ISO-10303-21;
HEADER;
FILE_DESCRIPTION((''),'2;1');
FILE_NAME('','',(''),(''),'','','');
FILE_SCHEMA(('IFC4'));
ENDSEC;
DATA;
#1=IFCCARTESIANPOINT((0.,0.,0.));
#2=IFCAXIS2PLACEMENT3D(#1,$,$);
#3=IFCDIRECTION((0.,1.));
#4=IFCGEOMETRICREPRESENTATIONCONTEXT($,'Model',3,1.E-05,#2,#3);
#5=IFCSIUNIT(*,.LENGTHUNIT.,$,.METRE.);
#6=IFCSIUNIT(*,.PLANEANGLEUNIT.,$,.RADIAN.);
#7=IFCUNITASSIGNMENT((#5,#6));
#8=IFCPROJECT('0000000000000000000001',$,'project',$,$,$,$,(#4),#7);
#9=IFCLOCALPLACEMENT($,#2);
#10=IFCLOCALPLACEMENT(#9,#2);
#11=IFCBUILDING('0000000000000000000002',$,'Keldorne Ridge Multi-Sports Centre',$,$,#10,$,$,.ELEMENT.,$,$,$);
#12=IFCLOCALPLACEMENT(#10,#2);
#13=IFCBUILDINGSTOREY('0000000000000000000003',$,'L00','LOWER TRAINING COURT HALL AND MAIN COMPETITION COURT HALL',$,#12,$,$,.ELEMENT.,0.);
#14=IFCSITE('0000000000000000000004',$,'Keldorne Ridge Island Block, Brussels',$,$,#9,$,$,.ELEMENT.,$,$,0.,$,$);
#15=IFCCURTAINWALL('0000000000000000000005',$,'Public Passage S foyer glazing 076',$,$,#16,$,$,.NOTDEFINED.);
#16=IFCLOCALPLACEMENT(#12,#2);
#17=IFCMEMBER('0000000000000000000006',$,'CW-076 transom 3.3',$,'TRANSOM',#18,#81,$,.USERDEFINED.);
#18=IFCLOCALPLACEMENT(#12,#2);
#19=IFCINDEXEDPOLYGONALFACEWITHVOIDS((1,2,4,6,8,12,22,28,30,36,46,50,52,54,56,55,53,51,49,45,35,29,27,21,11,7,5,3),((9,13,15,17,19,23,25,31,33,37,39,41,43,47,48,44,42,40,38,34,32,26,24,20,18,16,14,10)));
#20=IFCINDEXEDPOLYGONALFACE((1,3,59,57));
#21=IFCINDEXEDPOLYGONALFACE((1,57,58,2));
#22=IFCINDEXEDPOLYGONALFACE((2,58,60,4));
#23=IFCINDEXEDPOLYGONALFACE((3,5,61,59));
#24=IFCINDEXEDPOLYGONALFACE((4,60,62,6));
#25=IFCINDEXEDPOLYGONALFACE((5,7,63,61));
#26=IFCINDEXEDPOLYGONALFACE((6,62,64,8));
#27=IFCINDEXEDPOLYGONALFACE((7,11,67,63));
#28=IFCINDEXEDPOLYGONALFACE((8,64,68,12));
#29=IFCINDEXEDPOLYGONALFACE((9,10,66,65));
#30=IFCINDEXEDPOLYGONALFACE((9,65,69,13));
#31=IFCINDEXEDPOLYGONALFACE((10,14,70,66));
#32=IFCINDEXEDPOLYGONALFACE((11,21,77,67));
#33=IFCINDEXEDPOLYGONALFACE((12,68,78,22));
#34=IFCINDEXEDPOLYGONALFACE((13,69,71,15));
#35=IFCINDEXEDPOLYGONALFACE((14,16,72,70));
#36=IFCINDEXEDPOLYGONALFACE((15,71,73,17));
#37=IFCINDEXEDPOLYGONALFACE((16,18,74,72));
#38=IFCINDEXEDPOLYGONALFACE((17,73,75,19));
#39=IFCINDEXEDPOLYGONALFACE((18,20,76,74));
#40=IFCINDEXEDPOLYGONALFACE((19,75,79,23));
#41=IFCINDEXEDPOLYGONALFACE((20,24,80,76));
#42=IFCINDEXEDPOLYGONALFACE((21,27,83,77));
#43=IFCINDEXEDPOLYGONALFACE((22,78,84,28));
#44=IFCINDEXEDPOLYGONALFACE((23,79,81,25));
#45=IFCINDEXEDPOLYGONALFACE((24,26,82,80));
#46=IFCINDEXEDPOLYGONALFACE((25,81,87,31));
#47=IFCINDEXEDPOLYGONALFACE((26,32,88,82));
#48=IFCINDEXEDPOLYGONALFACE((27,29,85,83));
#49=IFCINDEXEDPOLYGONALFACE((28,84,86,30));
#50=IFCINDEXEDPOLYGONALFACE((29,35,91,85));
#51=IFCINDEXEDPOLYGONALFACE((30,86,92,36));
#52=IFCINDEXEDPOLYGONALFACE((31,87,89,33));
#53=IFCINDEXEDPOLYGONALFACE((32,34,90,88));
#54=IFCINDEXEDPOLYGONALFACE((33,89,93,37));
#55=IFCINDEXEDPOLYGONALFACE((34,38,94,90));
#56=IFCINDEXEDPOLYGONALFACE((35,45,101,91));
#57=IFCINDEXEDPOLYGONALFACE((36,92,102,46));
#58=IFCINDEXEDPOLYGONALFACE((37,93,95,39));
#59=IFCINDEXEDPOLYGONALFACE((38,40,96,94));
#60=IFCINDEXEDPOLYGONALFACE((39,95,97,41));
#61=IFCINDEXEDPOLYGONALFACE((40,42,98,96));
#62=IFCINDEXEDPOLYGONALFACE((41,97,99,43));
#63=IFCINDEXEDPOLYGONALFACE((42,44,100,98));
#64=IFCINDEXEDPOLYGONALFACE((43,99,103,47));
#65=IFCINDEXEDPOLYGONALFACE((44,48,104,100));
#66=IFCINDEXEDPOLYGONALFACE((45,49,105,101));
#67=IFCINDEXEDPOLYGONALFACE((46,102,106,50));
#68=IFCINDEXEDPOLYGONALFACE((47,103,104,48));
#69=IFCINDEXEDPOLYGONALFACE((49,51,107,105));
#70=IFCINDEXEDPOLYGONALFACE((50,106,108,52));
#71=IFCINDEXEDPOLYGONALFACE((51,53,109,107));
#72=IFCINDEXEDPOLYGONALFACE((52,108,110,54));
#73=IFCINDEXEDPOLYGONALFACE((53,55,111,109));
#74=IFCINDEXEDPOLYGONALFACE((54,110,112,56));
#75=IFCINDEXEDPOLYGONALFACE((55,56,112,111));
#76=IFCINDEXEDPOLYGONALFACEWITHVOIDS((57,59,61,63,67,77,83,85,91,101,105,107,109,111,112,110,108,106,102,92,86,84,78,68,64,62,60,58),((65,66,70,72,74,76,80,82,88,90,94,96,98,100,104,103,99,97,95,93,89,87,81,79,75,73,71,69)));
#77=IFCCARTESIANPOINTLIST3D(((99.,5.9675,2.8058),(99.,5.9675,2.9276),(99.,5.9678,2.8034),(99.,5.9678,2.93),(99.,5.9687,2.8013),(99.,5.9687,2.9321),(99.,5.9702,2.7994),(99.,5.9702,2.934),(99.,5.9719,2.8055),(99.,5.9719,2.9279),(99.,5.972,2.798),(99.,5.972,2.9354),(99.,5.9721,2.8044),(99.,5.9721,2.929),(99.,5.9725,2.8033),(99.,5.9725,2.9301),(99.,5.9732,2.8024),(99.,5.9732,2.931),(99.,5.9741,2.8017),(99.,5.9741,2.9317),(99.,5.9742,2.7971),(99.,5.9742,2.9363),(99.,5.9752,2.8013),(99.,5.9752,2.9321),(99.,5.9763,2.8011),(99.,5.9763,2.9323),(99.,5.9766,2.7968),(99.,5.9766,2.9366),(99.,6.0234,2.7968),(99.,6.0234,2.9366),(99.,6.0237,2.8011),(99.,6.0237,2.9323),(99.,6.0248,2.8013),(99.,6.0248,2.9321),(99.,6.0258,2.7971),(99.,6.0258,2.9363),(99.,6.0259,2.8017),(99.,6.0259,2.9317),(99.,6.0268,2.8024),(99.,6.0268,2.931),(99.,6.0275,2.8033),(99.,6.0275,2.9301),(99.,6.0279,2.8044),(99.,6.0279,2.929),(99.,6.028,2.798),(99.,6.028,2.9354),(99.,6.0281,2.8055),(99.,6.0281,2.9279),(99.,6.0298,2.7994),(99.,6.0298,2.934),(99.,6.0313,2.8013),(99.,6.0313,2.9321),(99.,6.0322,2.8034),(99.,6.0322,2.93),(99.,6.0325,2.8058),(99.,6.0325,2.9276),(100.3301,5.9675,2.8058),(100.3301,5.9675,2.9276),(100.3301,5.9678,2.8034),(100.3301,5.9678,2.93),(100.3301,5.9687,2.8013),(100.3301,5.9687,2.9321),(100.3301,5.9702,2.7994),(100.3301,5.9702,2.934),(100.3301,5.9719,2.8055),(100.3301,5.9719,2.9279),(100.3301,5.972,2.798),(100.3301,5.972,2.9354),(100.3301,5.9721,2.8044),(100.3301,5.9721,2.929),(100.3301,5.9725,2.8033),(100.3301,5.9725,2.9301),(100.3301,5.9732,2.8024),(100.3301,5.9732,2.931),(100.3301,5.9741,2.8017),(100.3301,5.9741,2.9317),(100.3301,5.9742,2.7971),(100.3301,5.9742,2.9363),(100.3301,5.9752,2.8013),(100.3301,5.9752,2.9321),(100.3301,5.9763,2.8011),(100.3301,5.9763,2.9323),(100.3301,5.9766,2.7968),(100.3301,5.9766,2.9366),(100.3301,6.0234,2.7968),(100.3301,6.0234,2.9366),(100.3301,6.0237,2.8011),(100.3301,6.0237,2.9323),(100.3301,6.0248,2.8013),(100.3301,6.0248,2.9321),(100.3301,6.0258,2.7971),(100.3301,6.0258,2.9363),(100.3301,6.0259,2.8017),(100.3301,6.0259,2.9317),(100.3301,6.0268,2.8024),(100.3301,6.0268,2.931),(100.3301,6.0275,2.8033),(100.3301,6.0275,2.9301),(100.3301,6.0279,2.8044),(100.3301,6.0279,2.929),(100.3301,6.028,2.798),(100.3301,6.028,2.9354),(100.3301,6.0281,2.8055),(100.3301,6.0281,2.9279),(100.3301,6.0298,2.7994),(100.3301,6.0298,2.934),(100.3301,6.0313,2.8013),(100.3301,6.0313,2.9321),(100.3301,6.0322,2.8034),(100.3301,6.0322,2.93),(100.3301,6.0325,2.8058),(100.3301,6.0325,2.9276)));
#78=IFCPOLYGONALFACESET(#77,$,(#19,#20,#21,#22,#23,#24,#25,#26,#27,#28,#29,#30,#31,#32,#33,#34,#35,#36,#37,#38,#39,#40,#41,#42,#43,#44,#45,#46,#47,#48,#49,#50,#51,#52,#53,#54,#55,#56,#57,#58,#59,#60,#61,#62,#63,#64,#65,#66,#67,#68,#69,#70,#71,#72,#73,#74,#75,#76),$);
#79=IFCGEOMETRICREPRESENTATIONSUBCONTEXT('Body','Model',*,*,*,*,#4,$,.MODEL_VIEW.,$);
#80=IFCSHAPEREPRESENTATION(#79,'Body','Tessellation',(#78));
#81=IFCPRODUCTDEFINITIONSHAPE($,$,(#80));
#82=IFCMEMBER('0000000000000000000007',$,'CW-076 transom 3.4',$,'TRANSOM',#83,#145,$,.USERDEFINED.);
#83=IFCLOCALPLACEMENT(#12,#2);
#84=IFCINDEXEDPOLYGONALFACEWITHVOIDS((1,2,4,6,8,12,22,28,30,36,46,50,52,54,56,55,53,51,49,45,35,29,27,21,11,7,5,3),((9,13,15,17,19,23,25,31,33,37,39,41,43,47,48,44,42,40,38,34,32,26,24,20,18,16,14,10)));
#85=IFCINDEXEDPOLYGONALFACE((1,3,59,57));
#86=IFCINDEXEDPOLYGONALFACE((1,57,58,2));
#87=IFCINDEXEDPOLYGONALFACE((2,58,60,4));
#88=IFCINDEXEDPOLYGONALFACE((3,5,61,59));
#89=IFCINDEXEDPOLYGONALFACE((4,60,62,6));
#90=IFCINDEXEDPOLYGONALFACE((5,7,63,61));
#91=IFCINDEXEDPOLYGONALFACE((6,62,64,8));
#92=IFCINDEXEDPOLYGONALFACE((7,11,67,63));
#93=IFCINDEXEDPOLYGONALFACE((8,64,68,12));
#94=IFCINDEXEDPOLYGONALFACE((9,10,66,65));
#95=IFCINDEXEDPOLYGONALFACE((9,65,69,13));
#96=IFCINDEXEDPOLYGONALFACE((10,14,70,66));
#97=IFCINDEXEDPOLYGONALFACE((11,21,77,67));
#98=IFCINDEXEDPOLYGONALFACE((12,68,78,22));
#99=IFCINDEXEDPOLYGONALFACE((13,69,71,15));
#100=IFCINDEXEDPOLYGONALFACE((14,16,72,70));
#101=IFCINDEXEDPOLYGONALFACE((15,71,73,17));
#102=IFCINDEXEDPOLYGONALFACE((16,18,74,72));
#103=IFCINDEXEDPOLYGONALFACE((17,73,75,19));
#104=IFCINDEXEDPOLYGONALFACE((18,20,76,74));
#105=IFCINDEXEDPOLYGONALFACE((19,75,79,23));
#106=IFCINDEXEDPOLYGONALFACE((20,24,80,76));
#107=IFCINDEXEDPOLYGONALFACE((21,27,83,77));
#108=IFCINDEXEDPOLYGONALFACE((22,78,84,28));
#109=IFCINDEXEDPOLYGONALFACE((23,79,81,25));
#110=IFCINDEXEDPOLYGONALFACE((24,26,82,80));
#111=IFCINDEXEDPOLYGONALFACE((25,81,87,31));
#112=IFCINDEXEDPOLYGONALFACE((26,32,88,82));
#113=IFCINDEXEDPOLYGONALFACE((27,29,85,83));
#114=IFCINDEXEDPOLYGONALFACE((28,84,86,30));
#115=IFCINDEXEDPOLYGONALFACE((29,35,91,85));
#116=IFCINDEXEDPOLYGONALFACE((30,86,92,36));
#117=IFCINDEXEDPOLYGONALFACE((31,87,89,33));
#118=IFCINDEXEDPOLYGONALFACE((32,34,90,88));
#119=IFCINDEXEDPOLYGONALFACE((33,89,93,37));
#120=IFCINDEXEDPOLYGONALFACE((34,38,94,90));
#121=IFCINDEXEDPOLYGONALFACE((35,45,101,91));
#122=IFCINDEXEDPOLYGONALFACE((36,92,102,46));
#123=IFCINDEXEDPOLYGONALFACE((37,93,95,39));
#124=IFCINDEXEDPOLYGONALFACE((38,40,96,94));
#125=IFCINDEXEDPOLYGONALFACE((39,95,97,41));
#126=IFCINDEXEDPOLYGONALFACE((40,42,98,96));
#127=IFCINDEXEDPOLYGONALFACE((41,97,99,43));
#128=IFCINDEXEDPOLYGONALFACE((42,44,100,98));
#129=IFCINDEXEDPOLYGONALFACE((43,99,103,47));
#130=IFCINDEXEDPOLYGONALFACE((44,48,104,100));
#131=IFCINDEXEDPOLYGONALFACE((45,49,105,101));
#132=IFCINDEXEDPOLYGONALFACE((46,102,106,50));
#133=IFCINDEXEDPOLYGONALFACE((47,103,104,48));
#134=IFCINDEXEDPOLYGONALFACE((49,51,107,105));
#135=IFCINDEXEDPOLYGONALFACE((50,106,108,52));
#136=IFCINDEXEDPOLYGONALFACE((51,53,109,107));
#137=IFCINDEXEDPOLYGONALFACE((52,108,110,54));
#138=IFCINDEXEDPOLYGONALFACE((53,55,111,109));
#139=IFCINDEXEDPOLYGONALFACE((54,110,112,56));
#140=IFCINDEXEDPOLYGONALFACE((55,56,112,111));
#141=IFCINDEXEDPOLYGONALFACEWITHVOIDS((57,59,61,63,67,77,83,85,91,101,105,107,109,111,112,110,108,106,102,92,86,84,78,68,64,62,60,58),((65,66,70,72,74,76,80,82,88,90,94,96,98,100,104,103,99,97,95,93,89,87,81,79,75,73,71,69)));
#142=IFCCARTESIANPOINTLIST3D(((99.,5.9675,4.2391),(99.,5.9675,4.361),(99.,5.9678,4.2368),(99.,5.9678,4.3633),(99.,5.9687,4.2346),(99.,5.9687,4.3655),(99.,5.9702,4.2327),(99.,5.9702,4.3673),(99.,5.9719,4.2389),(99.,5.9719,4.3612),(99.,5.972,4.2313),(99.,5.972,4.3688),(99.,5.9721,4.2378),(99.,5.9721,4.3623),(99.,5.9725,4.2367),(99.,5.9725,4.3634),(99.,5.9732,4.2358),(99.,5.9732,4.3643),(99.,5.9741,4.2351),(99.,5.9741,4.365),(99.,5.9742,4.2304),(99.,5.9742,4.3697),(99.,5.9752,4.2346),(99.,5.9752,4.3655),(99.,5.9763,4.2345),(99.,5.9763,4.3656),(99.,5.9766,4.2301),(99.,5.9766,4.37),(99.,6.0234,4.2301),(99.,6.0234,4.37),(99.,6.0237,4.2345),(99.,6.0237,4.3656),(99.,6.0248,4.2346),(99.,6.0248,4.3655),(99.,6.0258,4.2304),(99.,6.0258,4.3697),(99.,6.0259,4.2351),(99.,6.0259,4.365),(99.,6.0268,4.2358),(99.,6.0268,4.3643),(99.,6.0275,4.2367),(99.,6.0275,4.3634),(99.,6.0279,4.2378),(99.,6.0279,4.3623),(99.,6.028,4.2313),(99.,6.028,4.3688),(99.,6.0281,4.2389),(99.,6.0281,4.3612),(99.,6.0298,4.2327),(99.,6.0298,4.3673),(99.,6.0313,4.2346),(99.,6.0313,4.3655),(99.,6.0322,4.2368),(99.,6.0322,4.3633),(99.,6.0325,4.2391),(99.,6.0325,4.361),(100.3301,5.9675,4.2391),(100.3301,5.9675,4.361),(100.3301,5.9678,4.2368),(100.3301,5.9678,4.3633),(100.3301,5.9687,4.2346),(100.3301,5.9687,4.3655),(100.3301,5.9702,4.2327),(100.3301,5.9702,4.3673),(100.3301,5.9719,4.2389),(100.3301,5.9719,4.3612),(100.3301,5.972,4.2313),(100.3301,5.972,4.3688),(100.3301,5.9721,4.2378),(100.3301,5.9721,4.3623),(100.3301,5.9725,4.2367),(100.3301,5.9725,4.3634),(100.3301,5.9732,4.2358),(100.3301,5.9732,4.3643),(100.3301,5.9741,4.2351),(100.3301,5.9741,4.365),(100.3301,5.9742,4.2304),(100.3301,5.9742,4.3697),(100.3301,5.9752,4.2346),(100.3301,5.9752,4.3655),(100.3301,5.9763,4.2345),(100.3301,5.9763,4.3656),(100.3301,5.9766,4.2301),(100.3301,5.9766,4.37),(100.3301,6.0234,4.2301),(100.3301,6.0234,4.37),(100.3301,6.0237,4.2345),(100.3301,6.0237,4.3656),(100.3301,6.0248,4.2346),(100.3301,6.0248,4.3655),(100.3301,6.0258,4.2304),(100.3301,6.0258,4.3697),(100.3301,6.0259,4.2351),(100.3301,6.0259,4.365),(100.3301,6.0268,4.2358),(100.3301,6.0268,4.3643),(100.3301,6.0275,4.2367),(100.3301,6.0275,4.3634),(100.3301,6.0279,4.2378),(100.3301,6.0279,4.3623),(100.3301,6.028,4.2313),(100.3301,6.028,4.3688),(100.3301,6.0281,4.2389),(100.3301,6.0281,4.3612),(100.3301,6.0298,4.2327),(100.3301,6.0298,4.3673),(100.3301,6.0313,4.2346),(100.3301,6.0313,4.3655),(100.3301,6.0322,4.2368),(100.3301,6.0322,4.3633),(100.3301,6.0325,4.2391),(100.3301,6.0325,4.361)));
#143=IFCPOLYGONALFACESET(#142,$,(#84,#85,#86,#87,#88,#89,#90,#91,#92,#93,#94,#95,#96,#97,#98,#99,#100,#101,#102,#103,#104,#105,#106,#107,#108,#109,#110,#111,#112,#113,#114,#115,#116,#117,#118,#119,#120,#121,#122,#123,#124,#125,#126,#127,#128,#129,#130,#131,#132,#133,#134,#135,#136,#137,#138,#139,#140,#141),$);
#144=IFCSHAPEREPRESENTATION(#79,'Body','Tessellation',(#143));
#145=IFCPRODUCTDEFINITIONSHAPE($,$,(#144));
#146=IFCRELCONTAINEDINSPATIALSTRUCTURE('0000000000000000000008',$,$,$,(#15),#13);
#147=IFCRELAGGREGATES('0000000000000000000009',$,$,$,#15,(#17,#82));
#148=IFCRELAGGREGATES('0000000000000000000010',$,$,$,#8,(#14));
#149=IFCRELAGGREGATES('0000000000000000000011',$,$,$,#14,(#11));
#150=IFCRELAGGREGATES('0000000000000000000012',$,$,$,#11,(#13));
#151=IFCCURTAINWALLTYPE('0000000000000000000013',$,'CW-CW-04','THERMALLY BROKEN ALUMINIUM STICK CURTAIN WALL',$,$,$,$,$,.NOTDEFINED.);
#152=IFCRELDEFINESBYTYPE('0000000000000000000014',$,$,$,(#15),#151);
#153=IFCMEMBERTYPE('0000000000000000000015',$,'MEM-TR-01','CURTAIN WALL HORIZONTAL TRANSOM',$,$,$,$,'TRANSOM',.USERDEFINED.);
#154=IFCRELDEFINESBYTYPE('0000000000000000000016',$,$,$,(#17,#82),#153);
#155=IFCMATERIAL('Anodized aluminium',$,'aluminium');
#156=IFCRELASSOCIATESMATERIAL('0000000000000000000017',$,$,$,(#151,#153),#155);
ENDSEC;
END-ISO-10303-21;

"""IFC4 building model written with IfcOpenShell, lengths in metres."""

from ifc_helpers import new_model, si_unit, direction, frame, origin, origin_2d, place, context, subcontext, project, spatial, hollow_rectangle, extrude, material, material_profile, profile_set, type_object, element, aggregate, save


model = new_model("IFC4")

# Units and contexts
model_context = context("Model", 3, precision=1e-05, world=origin(), true_north=direction((0.0, 1.0)))
body_context = subcontext(model_context, "Body", "Model", "MODEL_VIEW")
ifc_project = project(units=[si_unit("LENGTHUNIT", "METRE"), si_unit("PLANEANGLEUNIT", "RADIAN")], contexts=[model_context])

# Site, building, storey
site_placement = place(None, origin())
site = spatial("IfcSite", under=ifc_project, at=site_placement, Name="Keldorne Ridge Island Block, Brussels", CompositionType="ELEMENT", RefElevation=0.0)
building_placement = place(site_placement, origin())
building = spatial("IfcBuilding", under=site, at=building_placement, Name="Keldorne Ridge Multi-Sports Centre", CompositionType="ELEMENT")
storey_placement = place(building_placement, origin())
storey = spatial("IfcBuildingStorey", under=building, at=storey_placement, Name="L00", Description="LOWER TRAINING COURT HALL AND MAIN COMPETITION COURT HALL", CompositionType="ELEMENT", Elevation=0.0)

# Curtain wall, members
ifc_material_1 = material(Name="Anodized aluminium", Category="aluminium")
curtain_wall_type = type_object("IfcCurtainWallType", Name="CW-CW-04", Description="THERMALLY BROKEN ALUMINIUM STICK CURTAIN WALL", PredefinedType="NOTDEFINED", material=ifc_material_1)
curtain_wall_placement = place(storey_placement, origin())
curtain_wall = element("IfcCurtainWall", 1, at=curtain_wall_placement, inside=storey, type_object=curtain_wall_type, Name="Public Passage S foyer glazing 076", PredefinedType="NOTDEFINED")
ifc_material_profile_1 = material_profile(ifc_material_1, hollow_rectangle(XDim=0.0649, YDim=0.1399, WallThickness=0.0044, InnerFilletRadius=0.0044, OuterFilletRadius=0.009, at=origin_2d()), Name="ALU TRANSOM 140x65x4.5")
ifc_profile_set_1 = profile_set([ifc_material_profile_1], Name="Anodized aluminium")
member_type_1 = type_object("IfcMemberType", Name="MEM-TR-01", Description="CURTAIN WALL HORIZONTAL TRANSOM", ElementType="TRANSOM", PredefinedType="USERDEFINED", material=ifc_profile_set_1)
member_1_placement = place(storey_placement, frame((99.0, 6.0, 2.8667), z_axis=(1.0, 0.0, 0.0), x_axis=(0.0, 1.0, 0.0)))
member_1 = element("IfcMember", 2, at=member_1_placement, type_object=member_type_1, Name="CW-076 transom 3.3", ObjectType="TRANSOM", PredefinedType="USERDEFINED", context=body_context, shape_type="SweptSolid", body=[
    extrude(hollow_rectangle(XDim=0.0649, YDim=0.1399, WallThickness=0.0044, InnerFilletRadius=0.0044, OuterFilletRadius=0.009, at=origin_2d()), origin(), (0.0, 0.0, 1.0), 1.3301),
])
member_2_placement = place(storey_placement, frame((99.0, 6.0, 4.3), z_axis=(1.0, 0.0, 0.0), x_axis=(0.0, 1.0, 0.0)))
member_2 = element("IfcMember", 3, at=member_2_placement, type_object=member_type_1, Name="CW-076 transom 3.4", ObjectType="TRANSOM", PredefinedType="USERDEFINED", context=body_context, shape_type="SweptSolid", body=[
    extrude(hollow_rectangle(XDim=0.0649, YDim=0.1399, WallThickness=0.0044, InnerFilletRadius=0.0044, OuterFilletRadius=0.009, at=origin_2d()), origin(), (0.0, 0.0, 1.0), 1.3301),
])
aggregate(curtain_wall, [member_1, member_2])

save(model, "model.ifc")
